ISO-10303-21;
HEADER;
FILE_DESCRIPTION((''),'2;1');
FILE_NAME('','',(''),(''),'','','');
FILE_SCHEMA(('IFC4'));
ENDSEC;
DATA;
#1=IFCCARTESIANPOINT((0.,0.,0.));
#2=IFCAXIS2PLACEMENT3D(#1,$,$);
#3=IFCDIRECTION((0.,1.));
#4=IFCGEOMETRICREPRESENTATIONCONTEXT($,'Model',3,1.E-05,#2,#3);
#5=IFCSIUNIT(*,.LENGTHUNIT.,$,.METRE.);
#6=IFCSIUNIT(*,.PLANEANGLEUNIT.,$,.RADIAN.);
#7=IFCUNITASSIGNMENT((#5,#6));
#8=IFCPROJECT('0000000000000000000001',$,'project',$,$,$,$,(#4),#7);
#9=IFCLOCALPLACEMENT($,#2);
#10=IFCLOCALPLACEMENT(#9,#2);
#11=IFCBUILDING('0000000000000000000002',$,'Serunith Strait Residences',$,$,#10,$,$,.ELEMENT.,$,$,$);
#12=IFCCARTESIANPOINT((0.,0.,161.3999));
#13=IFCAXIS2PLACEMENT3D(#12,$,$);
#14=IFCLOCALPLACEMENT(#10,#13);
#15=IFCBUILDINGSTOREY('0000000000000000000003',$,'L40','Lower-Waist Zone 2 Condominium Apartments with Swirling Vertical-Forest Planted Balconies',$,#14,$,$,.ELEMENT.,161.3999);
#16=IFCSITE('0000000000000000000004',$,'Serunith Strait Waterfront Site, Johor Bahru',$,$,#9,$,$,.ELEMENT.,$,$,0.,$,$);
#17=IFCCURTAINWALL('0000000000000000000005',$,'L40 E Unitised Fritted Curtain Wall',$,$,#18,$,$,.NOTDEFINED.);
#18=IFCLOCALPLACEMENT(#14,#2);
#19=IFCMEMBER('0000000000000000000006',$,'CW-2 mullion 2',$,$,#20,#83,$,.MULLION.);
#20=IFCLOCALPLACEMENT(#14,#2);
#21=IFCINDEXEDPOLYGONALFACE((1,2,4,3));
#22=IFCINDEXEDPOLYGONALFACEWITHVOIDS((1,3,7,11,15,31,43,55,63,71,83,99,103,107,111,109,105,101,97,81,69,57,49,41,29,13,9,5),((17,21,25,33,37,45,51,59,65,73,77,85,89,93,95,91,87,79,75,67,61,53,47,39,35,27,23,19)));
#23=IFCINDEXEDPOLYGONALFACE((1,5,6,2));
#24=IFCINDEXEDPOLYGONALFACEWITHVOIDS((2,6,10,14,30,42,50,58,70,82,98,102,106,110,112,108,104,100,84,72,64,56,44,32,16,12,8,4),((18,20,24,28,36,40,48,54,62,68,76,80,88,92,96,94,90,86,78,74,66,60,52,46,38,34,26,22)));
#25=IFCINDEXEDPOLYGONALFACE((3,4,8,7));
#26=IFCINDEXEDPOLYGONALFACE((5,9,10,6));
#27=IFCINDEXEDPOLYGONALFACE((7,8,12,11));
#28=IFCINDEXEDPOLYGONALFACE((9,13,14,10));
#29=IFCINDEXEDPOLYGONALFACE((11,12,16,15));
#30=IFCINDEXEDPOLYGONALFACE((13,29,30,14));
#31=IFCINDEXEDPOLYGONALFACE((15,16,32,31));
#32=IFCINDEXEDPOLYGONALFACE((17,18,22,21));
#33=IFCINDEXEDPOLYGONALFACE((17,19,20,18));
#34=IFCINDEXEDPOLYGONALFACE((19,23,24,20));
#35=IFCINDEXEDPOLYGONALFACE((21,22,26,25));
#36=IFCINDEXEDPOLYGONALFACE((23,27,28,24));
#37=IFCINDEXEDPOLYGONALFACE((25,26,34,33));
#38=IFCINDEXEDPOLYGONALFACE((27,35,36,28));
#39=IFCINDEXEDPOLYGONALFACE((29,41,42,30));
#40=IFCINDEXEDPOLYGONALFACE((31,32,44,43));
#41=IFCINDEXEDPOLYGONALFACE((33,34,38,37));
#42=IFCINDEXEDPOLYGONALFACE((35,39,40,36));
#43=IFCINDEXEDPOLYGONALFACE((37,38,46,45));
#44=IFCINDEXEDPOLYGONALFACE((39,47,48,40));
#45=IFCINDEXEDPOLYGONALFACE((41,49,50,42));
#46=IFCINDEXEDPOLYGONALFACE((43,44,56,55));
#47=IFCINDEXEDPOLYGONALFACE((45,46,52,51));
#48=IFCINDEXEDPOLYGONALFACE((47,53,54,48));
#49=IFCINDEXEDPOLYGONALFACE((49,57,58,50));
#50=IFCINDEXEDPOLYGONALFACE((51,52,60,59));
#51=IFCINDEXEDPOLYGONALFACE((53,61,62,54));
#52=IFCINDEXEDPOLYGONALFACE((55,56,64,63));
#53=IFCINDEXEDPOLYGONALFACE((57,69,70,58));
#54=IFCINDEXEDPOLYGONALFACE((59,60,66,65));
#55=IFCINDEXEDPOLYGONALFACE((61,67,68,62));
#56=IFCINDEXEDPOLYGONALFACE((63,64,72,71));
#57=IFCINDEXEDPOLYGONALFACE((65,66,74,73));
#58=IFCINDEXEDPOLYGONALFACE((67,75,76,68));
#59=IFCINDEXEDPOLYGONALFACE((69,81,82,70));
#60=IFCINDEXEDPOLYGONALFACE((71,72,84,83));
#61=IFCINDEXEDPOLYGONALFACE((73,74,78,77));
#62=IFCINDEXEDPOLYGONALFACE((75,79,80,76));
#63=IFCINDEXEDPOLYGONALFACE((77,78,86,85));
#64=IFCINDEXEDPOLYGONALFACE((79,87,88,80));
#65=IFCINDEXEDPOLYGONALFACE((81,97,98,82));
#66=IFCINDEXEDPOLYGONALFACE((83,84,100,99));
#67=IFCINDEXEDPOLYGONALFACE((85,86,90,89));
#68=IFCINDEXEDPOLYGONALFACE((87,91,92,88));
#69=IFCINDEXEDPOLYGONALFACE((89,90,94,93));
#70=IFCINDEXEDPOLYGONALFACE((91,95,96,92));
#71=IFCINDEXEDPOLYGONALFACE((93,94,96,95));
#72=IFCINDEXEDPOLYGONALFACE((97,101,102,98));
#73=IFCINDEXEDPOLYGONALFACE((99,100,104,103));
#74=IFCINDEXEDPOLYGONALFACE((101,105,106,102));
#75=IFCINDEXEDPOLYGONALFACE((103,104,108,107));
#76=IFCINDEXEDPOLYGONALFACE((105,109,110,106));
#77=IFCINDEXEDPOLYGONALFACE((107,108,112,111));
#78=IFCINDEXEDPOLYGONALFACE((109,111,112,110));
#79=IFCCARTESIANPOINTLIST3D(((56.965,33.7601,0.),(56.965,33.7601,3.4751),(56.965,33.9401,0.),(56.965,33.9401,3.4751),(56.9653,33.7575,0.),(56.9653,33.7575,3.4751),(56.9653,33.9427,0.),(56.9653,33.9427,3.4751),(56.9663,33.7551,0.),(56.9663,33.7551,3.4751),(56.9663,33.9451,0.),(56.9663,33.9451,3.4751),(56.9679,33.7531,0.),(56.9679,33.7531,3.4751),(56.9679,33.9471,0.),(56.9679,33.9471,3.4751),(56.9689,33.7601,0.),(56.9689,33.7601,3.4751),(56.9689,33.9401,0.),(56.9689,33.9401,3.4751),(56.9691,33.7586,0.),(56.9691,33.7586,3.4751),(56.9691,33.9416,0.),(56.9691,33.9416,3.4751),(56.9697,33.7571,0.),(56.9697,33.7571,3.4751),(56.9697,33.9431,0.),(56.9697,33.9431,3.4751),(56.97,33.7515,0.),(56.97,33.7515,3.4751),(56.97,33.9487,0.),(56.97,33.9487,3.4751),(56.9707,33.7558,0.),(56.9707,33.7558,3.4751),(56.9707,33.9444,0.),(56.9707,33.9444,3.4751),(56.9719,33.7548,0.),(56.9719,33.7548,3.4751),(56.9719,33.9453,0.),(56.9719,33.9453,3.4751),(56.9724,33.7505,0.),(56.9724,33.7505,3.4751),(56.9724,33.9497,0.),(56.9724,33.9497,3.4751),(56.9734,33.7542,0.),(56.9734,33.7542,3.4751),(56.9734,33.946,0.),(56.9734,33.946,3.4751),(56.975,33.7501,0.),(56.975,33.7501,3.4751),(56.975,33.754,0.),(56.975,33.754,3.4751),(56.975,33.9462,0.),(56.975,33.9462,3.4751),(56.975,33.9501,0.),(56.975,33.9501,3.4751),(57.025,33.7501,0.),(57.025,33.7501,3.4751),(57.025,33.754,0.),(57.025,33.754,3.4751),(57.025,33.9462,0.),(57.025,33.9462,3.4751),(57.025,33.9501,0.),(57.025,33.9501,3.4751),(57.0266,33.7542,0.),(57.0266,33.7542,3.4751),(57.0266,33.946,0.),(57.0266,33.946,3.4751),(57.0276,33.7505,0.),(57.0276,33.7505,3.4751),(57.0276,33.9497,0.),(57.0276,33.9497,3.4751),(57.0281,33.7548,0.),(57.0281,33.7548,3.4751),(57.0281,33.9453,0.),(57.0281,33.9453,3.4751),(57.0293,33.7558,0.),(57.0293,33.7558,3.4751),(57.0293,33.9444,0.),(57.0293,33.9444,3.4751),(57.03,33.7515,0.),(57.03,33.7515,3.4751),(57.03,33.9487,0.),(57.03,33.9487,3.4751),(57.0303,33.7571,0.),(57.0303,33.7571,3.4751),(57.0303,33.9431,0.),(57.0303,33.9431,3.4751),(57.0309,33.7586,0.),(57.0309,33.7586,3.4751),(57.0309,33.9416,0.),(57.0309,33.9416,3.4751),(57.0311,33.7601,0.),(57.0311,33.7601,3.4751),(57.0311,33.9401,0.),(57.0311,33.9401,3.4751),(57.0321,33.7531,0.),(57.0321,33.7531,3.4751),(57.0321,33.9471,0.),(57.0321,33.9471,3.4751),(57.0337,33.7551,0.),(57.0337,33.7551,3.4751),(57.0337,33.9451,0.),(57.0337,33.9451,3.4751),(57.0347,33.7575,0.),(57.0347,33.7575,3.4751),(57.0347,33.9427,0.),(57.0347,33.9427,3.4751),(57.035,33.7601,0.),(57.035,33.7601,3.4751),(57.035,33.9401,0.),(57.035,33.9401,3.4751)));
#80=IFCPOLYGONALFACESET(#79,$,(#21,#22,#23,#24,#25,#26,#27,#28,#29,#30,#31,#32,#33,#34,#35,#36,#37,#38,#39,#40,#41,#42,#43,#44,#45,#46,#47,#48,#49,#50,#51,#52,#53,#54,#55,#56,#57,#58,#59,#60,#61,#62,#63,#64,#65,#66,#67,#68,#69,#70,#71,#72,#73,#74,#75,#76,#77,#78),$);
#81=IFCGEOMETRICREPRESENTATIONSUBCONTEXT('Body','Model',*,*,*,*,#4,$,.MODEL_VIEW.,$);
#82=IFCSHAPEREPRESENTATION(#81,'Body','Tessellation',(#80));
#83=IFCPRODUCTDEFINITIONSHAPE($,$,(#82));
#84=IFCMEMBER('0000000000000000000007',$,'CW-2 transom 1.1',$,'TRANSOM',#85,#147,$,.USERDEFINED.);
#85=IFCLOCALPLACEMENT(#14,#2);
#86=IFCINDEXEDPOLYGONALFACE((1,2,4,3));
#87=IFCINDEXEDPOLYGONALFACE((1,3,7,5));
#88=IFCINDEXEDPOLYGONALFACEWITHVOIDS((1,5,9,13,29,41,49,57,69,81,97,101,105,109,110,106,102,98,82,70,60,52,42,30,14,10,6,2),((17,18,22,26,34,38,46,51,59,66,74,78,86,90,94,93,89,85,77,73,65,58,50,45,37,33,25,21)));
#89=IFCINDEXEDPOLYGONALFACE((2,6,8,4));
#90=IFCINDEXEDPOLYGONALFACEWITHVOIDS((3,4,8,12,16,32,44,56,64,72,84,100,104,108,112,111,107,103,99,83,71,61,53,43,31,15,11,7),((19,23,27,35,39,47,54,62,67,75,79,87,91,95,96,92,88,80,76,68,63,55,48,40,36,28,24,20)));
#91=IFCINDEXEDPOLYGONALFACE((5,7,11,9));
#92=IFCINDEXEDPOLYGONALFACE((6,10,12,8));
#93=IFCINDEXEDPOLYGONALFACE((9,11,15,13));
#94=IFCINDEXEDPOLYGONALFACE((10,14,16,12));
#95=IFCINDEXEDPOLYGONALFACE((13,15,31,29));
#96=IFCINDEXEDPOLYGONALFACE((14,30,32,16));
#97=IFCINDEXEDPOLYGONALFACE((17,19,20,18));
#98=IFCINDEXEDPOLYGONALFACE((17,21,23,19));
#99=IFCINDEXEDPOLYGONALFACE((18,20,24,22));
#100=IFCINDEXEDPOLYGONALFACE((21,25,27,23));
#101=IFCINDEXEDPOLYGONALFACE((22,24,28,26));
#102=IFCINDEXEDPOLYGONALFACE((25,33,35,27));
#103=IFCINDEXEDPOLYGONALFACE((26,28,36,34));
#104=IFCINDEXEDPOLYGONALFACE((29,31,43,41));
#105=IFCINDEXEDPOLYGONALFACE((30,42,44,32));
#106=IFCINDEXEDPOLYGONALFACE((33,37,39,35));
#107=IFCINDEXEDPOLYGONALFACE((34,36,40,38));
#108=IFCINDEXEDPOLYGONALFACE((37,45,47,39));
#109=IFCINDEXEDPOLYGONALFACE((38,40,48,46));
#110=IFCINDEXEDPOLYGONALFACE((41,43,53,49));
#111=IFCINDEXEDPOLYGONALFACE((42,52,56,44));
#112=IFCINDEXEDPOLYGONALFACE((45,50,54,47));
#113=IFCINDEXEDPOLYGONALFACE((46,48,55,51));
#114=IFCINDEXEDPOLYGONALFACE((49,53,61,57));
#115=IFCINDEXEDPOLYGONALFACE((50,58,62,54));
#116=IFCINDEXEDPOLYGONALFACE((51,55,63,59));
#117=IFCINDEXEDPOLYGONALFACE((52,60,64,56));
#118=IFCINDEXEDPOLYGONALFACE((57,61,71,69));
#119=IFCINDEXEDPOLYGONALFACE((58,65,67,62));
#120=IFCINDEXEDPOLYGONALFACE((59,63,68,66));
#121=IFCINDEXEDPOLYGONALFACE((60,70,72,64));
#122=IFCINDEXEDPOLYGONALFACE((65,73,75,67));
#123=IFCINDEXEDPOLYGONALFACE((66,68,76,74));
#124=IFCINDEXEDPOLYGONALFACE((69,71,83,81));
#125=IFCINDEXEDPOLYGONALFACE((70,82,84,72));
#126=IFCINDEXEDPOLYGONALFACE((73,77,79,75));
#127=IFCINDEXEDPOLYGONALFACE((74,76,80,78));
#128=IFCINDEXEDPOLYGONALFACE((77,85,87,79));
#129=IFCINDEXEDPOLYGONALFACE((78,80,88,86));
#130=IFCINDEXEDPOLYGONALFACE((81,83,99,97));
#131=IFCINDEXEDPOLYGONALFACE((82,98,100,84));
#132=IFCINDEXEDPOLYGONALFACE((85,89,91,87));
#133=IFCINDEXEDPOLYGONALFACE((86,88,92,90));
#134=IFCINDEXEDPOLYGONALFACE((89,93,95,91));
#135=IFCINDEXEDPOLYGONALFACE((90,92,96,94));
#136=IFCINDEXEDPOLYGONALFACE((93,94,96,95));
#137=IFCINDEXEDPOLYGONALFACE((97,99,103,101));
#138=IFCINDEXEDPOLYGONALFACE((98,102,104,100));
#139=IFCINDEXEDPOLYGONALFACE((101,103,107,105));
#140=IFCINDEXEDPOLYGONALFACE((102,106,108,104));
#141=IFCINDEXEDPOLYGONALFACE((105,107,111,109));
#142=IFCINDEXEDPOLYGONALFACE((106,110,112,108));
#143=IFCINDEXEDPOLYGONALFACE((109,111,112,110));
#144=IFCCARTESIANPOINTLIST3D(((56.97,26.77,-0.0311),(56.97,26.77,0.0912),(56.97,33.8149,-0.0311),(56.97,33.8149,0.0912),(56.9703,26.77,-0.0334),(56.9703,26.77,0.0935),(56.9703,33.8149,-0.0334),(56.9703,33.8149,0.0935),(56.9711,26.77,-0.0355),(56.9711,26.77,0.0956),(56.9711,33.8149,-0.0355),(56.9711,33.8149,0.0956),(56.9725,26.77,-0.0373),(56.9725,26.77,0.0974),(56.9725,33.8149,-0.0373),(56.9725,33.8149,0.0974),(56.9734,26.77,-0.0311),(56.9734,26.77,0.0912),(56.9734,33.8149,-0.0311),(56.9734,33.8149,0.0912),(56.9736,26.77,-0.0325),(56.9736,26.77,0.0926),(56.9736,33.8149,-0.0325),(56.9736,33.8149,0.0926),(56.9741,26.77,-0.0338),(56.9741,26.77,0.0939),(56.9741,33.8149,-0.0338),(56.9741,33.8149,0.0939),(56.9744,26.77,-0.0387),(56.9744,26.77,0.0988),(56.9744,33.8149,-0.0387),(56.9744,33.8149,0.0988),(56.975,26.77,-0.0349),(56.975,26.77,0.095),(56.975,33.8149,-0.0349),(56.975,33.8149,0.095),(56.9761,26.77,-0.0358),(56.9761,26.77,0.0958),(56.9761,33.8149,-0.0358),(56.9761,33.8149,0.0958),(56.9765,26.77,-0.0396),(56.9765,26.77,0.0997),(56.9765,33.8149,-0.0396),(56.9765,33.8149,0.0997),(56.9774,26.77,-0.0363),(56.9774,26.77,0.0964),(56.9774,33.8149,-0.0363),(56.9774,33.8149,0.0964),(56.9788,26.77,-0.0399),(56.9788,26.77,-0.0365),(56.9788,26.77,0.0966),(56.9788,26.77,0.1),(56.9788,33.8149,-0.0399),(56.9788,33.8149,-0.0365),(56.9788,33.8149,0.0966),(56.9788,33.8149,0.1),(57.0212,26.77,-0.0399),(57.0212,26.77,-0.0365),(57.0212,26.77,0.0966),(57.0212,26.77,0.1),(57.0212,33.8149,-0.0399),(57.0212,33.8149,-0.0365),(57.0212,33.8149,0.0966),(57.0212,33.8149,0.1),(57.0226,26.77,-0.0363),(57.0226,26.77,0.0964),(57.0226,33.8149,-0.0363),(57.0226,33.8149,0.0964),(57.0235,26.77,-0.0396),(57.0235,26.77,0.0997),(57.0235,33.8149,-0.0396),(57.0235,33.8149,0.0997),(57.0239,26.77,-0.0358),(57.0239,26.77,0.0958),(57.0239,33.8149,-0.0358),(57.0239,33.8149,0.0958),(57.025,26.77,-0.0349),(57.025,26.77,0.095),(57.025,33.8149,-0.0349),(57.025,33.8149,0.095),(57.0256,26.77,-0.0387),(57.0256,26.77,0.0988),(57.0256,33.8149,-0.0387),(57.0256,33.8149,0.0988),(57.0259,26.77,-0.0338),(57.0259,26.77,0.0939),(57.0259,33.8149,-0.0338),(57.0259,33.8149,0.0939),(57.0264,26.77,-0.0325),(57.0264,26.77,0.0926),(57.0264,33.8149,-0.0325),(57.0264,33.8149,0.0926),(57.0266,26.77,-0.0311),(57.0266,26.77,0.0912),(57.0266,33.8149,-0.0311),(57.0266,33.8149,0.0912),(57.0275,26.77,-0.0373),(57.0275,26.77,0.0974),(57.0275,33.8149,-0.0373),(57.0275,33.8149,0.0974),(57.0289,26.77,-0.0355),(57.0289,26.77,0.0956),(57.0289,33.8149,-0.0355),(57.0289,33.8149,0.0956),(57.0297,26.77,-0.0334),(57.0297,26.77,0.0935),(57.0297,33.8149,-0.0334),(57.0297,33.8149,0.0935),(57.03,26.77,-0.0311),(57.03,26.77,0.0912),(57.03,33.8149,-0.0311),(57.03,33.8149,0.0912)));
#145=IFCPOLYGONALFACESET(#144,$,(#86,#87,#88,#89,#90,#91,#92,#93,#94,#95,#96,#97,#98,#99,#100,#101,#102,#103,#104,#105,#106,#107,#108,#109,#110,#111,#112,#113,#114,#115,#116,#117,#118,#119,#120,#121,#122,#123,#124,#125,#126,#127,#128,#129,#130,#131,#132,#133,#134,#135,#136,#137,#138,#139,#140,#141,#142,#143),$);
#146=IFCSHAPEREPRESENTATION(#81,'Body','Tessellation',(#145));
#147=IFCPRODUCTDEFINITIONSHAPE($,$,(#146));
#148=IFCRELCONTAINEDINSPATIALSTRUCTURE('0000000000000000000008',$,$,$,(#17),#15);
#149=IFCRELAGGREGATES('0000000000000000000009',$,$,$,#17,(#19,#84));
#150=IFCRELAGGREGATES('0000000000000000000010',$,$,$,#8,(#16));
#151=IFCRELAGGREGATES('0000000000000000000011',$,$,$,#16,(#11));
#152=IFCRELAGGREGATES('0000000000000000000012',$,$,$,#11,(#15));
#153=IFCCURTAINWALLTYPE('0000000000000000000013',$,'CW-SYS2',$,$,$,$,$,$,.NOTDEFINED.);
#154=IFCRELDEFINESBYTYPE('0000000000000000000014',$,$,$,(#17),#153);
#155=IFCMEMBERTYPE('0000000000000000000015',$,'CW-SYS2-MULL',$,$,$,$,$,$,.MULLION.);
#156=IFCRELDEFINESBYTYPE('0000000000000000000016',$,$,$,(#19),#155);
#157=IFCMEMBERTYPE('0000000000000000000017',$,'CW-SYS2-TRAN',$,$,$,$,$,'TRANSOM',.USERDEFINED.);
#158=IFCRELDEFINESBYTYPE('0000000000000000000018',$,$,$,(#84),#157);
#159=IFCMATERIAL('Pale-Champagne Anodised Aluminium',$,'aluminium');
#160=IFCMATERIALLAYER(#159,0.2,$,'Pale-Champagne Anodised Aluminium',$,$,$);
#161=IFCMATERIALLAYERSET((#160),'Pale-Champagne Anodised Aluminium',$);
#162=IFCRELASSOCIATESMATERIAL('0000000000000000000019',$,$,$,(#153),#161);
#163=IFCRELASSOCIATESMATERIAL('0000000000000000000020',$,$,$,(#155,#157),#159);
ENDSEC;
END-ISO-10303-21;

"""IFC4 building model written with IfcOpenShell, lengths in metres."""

from ifc_helpers import new_model, si_unit, direction, frame, origin, origin_2d, place, context, subcontext, project, spatial, hollow_rectangle, extrude, source, transform, mapped, material, layer, layer_set, material_profile, profile_set, type_object, element, aggregate, save


model = new_model("IFC4")

# Units and contexts
model_context = context("Model", 3, precision=1e-05, world=origin(), true_north=direction((0.0, 1.0)))
body_context = subcontext(model_context, "Body", "Model", "MODEL_VIEW")
ifc_project = project(units=[si_unit("LENGTHUNIT", "METRE"), si_unit("PLANEANGLEUNIT", "RADIAN")], contexts=[model_context])

# Site, building, storey
site_placement = place(None, origin())
site = spatial("IfcSite", under=ifc_project, at=site_placement, Name="Serunith Strait Waterfront Site, Johor Bahru", CompositionType="ELEMENT", RefElevation=0.0)
building_placement = place(site_placement, origin())
building = spatial("IfcBuilding", under=site, at=building_placement, Name="Serunith Strait Residences", CompositionType="ELEMENT")
storey_placement = place(building_placement, frame((0.0, 0.0, 161.3999)))
storey = spatial("IfcBuildingStorey", under=building, at=storey_placement, Name="L40", Description="Lower-Waist Zone 2 Condominium Apartments with Swirling Vertical-Forest Planted Balconies", CompositionType="ELEMENT", Elevation=161.3999)

# Shared definitions
ifc_material_1 = material(Name="Pale-Champagne Anodised Aluminium", Category="aluminium")
ifc_layer_1 = layer(ifc_material_1, 0.2, Name="Pale-Champagne Anodised Aluminium")
ifc_layer_set_1 = layer_set([ifc_layer_1], Name="Pale-Champagne Anodised Aluminium")
curtain_wall_type = type_object("IfcCurtainWallType", Name="CW-SYS2", PredefinedType="NOTDEFINED", material=ifc_layer_set_1)
ifc_material_profile_1 = material_profile(ifc_material_1, hollow_rectangle(XDim=0.0701, YDim=0.2, WallThickness=0.0039, InnerFilletRadius=0.0061, OuterFilletRadius=0.01, at=origin_2d()), Name="ALU 200x70x4")
ifc_profile_set_1 = profile_set([ifc_material_profile_1], Name="Pale-Champagne Anodised Aluminium")
member_type_1 = type_object("IfcMemberType", Name="CW-SYS2-MULL", PredefinedType="MULLION", material=ifc_profile_set_1)
shared_shape_1 = source(origin(), body_context, "Body", "SweptSolid", [
    extrude(hollow_rectangle(XDim=0.0701, YDim=0.2, WallThickness=0.0039, InnerFilletRadius=0.0061, OuterFilletRadius=0.01, at=origin_2d()), origin(), (0.0, 0.0, 1.0), 3.4751),
])

# Curtain wall, members
curtain_wall_1_placement = place(storey_placement, origin())
curtain_wall_1 = element("IfcCurtainWall", 1, at=curtain_wall_1_placement, inside=storey, type_object=curtain_wall_type, Name="L40 E Unitised Fritted Curtain Wall", PredefinedType="NOTDEFINED")
member_1_placement = place(storey_placement, frame((57.0, 33.8501, 0.0), z_axis=(0.0, 0.0, 1.0), x_axis=(-1.0, 0.0, 0.0)))
member_1 = element("IfcMember", 2, at=member_1_placement, type_object=member_type_1, Name="CW-2 mullion 2", PredefinedType="MULLION", context=body_context, shape_type="MappedRepresentation", body=[
    mapped(shared_shape_1, transform((0.0, 0.0, 0.0), scale=1.0)),
])
ifc_material_profile_2 = material_profile(ifc_material_1, hollow_rectangle(XDim=0.0601, YDim=0.1399, WallThickness=0.0034, InnerFilletRadius=0.0054, OuterFilletRadius=0.0088, at=origin_2d()), Name="ALU 140x60x3.5")
ifc_profile_set_2 = profile_set([ifc_material_profile_2], Name="Pale-Champagne Anodised Aluminium")
member_type_2 = type_object("IfcMemberType", Name="CW-SYS2-TRAN", ElementType="TRANSOM", PredefinedType="USERDEFINED", material=ifc_profile_set_2)
shared_shape_2 = source(origin(), body_context, "Body", "SweptSolid", [
    extrude(hollow_rectangle(XDim=0.0601, YDim=0.1399, WallThickness=0.0034, InnerFilletRadius=0.0054, OuterFilletRadius=0.0088, at=origin_2d()), origin(), (0.0, 0.0, 1.0), 7.0449),
])
member_2_placement = place(storey_placement, frame((57.0, 26.77, 0.03), z_axis=(0.0, 1.0, 0.0), x_axis=(-1.0, 0.0, 0.0)))
member_2 = element("IfcMember", 3, at=member_2_placement, type_object=member_type_2, Name="CW-2 transom 1.1", ObjectType="TRANSOM", PredefinedType="USERDEFINED", context=body_context, shape_type="MappedRepresentation", body=[
    mapped(shared_shape_2, transform((0.0, 0.0, 0.0), scale=1.0)),
])
aggregate(curtain_wall_1, [member_1, member_2])

save(model, "model.ifc")
